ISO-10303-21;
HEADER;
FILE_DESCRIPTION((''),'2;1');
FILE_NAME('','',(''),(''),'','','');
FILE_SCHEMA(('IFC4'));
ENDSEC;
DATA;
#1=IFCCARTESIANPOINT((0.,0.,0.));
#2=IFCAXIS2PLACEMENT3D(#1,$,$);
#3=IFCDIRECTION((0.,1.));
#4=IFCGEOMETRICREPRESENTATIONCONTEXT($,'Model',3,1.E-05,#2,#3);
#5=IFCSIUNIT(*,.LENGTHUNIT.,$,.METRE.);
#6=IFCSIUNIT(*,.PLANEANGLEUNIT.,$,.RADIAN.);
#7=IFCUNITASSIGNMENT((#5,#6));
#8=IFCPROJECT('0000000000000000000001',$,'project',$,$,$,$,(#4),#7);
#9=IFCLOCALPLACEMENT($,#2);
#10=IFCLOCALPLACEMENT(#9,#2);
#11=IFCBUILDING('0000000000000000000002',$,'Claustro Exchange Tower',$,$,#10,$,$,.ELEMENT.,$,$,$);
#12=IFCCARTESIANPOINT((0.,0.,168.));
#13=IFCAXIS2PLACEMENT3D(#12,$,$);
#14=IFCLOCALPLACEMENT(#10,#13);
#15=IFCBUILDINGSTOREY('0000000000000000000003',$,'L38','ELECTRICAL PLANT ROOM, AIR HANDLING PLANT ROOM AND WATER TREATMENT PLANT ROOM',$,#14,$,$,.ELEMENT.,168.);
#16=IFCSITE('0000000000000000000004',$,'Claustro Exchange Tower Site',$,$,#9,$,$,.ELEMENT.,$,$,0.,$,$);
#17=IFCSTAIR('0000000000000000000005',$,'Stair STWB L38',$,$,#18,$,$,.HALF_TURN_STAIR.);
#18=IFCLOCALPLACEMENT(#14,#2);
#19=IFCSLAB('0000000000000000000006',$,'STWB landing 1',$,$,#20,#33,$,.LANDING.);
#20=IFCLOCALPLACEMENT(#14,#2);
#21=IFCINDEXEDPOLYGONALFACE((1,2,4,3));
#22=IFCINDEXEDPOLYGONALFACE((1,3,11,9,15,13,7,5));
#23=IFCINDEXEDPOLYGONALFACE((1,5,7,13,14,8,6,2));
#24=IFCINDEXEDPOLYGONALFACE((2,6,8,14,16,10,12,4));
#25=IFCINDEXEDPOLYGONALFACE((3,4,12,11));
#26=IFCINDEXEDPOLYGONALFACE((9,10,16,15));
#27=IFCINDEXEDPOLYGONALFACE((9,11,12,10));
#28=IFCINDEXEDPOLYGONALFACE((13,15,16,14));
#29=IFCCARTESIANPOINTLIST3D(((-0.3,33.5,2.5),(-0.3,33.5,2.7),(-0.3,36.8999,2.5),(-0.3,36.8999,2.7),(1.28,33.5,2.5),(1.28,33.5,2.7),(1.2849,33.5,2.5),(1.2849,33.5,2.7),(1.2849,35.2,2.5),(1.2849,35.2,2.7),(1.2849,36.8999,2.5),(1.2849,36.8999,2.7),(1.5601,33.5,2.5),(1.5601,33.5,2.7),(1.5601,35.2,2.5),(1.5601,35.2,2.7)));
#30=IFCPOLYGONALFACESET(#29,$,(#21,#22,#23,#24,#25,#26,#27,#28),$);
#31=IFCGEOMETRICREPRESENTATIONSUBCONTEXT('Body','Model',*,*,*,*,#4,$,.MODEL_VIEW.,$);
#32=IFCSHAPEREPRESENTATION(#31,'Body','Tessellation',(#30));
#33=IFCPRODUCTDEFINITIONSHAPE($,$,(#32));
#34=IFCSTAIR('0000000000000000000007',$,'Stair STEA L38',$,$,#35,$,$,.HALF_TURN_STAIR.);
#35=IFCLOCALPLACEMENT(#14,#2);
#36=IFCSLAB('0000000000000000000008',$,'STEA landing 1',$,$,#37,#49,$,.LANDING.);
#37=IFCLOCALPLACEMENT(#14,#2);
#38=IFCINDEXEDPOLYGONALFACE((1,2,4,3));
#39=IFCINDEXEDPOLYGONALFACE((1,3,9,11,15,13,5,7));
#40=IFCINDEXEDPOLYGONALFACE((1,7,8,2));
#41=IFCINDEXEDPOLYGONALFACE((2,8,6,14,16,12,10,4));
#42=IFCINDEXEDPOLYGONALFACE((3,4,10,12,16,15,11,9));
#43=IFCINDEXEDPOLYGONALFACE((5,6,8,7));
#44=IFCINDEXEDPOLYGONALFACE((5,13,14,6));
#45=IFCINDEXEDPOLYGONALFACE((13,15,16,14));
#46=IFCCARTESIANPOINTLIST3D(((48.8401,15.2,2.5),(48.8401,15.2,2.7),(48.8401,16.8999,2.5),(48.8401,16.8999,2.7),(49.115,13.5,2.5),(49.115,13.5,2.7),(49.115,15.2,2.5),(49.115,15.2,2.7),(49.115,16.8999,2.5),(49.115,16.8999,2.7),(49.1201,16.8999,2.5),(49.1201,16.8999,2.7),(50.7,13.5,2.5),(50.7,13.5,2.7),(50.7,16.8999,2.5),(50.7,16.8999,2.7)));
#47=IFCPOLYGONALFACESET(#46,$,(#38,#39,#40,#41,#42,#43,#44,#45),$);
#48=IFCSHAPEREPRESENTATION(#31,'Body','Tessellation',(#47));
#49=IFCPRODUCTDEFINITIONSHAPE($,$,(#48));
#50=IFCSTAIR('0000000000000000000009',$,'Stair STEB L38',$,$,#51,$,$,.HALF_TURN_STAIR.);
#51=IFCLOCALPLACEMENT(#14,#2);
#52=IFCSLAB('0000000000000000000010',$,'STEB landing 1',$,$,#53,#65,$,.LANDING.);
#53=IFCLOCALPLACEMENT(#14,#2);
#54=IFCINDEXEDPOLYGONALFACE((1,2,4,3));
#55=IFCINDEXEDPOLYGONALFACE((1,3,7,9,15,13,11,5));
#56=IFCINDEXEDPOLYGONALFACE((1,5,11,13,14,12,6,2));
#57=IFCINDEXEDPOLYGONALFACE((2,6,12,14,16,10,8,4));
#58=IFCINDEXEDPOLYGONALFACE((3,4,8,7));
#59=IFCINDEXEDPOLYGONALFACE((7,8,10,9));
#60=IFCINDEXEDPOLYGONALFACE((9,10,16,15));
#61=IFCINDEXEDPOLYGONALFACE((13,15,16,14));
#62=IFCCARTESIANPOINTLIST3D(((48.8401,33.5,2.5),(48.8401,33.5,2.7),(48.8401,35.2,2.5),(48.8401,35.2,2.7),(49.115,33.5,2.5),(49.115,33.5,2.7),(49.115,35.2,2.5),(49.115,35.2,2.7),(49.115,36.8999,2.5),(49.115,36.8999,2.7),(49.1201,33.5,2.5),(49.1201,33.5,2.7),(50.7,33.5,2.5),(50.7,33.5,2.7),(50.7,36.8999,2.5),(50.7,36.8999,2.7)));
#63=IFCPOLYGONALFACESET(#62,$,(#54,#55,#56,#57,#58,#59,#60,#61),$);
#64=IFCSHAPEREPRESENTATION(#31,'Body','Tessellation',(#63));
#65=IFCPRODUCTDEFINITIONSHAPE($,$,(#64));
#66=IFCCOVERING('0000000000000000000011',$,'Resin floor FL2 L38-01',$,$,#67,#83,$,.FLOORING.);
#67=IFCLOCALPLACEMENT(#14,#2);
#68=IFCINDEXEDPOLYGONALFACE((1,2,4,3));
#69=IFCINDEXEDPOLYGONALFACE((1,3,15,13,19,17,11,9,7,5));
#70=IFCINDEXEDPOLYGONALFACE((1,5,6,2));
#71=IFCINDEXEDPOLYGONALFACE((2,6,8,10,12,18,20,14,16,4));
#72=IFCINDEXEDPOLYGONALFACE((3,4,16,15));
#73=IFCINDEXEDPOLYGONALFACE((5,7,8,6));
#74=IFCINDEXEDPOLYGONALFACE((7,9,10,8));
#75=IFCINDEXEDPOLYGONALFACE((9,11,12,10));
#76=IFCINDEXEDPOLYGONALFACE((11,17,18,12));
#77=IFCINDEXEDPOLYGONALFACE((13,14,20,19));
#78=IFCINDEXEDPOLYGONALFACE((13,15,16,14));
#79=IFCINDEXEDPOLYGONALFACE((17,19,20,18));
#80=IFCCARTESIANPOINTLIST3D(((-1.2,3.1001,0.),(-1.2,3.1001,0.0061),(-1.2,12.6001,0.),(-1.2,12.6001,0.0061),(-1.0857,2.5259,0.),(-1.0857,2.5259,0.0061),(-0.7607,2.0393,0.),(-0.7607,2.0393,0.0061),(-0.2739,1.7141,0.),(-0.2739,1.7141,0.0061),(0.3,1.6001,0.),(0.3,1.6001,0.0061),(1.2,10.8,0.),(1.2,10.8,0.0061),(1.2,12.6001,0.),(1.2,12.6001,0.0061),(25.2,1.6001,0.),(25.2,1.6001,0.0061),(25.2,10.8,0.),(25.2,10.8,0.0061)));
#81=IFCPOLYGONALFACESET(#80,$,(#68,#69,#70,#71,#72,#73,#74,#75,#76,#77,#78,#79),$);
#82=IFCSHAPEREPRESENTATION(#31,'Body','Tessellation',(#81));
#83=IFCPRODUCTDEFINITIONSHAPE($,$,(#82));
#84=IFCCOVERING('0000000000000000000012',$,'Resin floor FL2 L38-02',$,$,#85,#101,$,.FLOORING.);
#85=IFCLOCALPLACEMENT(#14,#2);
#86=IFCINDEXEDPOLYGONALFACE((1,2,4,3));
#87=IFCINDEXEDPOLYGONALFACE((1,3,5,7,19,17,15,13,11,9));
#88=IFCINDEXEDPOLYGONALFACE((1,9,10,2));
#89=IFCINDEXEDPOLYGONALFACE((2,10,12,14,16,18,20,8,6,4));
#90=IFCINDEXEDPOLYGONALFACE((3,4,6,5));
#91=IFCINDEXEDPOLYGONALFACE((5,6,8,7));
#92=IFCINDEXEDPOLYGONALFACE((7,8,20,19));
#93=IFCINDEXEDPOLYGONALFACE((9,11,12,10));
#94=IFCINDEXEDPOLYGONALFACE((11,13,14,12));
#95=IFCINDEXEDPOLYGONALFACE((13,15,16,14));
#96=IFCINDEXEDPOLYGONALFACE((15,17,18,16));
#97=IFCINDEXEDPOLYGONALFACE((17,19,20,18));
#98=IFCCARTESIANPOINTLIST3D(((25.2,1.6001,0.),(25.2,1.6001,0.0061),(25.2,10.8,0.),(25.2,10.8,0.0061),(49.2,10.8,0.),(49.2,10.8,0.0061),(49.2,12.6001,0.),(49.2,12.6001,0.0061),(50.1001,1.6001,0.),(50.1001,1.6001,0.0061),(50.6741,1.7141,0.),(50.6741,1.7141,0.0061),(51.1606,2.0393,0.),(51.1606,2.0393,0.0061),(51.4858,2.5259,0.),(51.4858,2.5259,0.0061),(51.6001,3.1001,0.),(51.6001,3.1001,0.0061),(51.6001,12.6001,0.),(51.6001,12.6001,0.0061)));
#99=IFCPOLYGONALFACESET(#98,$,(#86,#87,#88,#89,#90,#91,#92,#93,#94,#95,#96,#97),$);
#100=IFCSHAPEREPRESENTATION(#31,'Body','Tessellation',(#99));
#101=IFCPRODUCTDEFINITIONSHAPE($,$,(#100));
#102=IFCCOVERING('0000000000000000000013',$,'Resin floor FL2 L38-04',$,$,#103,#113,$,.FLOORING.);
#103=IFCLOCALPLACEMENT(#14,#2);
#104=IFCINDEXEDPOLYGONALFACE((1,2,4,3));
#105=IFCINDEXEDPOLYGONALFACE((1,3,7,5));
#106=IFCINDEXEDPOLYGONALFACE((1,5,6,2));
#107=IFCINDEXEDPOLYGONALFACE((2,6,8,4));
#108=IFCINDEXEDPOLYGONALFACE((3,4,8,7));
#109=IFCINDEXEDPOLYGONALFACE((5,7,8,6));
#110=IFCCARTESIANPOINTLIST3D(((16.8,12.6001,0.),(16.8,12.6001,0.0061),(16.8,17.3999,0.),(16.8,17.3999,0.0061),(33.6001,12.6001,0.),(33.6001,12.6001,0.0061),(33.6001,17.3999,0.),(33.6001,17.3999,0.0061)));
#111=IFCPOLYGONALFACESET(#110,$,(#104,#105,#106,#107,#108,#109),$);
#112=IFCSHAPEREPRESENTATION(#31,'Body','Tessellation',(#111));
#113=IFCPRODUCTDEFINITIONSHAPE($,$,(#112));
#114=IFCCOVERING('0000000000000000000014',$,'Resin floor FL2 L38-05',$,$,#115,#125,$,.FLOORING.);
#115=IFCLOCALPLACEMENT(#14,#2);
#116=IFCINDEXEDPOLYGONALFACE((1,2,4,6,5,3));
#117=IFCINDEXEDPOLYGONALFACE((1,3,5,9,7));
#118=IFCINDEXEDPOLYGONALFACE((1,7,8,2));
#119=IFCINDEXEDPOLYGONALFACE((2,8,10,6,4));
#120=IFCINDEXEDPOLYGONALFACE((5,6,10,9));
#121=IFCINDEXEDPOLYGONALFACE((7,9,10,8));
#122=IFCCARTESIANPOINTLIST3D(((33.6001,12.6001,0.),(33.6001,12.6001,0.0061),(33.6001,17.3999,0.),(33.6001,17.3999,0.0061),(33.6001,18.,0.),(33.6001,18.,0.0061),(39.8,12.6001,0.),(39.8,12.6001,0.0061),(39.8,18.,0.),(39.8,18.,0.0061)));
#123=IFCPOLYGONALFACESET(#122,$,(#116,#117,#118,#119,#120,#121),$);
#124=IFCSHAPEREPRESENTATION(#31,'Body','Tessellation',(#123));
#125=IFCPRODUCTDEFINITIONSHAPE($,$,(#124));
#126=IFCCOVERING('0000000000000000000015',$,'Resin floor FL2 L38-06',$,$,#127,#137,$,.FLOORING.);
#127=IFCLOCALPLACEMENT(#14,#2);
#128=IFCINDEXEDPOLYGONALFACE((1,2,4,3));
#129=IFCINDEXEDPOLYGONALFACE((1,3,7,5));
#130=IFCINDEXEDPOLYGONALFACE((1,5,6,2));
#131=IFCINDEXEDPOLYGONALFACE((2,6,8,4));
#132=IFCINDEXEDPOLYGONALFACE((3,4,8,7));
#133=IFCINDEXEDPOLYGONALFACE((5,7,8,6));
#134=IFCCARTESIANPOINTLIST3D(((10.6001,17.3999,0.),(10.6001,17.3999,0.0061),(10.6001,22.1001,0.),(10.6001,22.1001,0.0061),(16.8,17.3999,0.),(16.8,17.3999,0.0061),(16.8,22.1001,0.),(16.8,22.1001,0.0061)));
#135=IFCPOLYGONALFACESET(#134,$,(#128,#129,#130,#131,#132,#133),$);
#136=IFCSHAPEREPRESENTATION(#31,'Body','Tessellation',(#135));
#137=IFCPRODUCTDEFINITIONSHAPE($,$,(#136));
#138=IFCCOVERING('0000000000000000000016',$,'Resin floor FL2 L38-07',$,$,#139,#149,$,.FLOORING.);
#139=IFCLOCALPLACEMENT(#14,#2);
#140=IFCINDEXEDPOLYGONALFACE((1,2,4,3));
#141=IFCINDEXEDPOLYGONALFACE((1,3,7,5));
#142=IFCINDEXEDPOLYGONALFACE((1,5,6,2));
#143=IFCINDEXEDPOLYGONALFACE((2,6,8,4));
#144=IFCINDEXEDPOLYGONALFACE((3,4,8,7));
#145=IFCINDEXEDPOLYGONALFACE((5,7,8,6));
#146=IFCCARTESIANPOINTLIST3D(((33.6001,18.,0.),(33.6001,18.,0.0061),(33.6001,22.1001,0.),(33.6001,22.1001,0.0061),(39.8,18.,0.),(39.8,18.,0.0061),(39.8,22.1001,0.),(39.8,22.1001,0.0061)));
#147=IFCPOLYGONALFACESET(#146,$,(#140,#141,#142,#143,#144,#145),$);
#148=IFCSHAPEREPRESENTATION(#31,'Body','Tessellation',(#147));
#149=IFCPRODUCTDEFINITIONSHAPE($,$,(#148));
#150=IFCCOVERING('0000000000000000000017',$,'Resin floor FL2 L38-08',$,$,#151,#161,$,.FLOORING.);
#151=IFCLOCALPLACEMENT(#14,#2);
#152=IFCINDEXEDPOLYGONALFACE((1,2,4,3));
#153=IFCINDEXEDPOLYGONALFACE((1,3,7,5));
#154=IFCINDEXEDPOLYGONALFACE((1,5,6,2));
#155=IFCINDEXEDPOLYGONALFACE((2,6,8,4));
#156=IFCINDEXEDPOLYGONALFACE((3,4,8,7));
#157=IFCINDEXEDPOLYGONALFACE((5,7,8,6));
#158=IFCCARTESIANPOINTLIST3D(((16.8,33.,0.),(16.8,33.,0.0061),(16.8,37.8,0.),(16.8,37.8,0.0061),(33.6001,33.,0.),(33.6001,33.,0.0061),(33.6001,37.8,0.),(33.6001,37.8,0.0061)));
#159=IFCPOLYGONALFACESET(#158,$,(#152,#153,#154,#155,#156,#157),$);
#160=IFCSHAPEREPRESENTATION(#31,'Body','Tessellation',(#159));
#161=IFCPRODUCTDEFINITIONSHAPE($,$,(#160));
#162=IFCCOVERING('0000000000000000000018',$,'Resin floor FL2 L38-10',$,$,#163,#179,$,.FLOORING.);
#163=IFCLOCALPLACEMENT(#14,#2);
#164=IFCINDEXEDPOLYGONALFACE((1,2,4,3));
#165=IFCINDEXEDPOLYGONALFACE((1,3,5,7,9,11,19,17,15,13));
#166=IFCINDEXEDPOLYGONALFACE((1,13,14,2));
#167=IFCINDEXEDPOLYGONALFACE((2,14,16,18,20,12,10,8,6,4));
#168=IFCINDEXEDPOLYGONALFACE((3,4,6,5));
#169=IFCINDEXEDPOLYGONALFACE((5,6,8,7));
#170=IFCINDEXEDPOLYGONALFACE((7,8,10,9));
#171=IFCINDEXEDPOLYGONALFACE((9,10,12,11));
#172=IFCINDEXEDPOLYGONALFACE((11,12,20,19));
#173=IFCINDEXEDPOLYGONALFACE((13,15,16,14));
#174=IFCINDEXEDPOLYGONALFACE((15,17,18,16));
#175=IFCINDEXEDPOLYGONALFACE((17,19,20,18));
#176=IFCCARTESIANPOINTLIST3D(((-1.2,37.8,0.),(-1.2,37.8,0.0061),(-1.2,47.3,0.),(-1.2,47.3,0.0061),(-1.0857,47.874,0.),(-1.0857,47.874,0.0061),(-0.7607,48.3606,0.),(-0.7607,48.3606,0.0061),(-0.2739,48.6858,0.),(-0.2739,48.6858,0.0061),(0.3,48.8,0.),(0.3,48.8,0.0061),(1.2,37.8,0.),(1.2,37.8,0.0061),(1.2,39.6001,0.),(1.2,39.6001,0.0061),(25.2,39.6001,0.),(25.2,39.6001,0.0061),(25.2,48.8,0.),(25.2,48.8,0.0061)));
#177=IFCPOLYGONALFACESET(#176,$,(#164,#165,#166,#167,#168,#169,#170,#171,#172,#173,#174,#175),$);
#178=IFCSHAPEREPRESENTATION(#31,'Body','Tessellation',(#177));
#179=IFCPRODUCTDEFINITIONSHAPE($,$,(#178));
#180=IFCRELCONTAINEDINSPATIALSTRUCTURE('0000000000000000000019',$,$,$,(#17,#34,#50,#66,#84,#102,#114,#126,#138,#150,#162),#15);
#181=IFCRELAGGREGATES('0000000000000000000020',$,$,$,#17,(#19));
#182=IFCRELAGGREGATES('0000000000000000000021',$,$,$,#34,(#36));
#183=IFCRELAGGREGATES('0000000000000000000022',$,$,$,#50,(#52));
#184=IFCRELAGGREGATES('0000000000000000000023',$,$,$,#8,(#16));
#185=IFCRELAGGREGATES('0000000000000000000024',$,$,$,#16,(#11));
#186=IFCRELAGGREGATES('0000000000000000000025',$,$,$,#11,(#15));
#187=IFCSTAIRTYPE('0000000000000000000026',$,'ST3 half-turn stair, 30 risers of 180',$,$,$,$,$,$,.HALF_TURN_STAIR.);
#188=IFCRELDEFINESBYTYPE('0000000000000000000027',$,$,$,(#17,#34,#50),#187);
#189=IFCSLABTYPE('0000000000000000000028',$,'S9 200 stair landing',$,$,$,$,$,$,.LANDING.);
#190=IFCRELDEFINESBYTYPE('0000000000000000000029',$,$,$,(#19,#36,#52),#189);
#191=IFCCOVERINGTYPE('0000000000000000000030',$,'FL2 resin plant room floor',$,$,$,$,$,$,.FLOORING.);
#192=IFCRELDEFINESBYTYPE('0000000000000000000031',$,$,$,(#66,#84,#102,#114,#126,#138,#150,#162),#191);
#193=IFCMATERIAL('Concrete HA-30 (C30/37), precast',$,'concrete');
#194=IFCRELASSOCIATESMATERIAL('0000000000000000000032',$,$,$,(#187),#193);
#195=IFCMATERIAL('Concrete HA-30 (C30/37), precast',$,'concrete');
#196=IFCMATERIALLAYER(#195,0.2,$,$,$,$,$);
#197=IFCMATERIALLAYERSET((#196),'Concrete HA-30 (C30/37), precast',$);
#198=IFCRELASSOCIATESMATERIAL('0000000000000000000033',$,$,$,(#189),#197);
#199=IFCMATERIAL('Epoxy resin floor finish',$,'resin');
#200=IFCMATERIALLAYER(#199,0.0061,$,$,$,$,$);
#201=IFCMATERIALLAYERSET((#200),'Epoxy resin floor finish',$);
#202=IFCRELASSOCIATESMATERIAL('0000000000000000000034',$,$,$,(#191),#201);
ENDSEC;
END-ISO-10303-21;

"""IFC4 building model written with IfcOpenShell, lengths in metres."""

from ifc_helpers import new_model, si_unit, direction, frame, origin, place, context, subcontext, project, spatial, polyline, outline, extrude, material, layer, layer_set, type_object, element, aggregate, save


model = new_model("IFC4")

# Units and contexts
model_context = context("Model", 3, precision=1e-05, world=origin(), true_north=direction((0.0, 1.0)))
body_context = subcontext(model_context, "Body", "Model", "MODEL_VIEW")
ifc_project = project(units=[si_unit("LENGTHUNIT", "METRE"), si_unit("PLANEANGLEUNIT", "RADIAN")], contexts=[model_context])

# Site, building, storey
site_placement = place(None, origin())
site = spatial("IfcSite", under=ifc_project, at=site_placement, Name="Claustro Exchange Tower Site", CompositionType="ELEMENT", RefElevation=0.0)
building_placement = place(site_placement, origin())
building = spatial("IfcBuilding", under=site, at=building_placement, Name="Claustro Exchange Tower", CompositionType="ELEMENT")
storey_placement = place(building_placement, frame((0.0, 0.0, 168.0)))
storey = spatial("IfcBuildingStorey", under=building, at=storey_placement, Name="L38", Description="ELECTRICAL PLANT ROOM, AIR HANDLING PLANT ROOM AND WATER TREATMENT PLANT ROOM", CompositionType="ELEMENT", Elevation=168.0)

# Stairs, slabs
ifc_material_1 = material(Name="Concrete HA-30 (C30/37), precast", Category="concrete")
stair_type = type_object("IfcStairType", Name="ST3 half-turn stair, 30 risers of 180", PredefinedType="HALF_TURN_STAIR", material=ifc_material_1)
ifc_material_2 = material(Name="Concrete HA-30 (C30/37), precast", Category="concrete")
ifc_layer_1 = layer(ifc_material_2, 0.2)
ifc_layer_set_1 = layer_set([ifc_layer_1], Name="Concrete HA-30 (C30/37), precast")
slab_type_1 = type_object("IfcSlabType", Name="S9 200 stair landing", PredefinedType="LANDING", material=ifc_layer_set_1)
stair_1_placement = place(storey_placement, origin())
stair_1 = element("IfcStair", 1, at=stair_1_placement, inside=storey, type_object=stair_type, Name="Stair STWB L38", PredefinedType="HALF_TURN_STAIR")
slab_1_placement = place(storey_placement, frame((0.0, 0.0, 2.5)))
slab_1 = element("IfcSlab", 2, at=slab_1_placement, type_object=slab_type_1, Name="STWB landing 1", PredefinedType="LANDING", context=body_context, shape_type="SweptSolid", body=[
    extrude(outline(polyline([(1.5601, 35.2), (1.5601, 33.5), (1.2849, 33.5), (1.28, 33.5), (-0.3, 33.5), (-0.3, 36.8999), (1.2849, 36.8999), (1.2849, 35.2), (1.5601, 35.2)])), origin(), (0.0, 0.0, 1.0), 0.2),
])
aggregate(stair_1, [slab_1])
stair_2_placement = place(storey_placement, origin())
stair_2 = element("IfcStair", 3, at=stair_2_placement, inside=storey, type_object=stair_type, Name="Stair STEA L38", PredefinedType="HALF_TURN_STAIR")
slab_2_placement = place(storey_placement, frame((0.0, 0.0, 2.5)))
slab_2 = element("IfcSlab", 4, at=slab_2_placement, type_object=slab_type_1, Name="STEA landing 1", PredefinedType="LANDING", context=body_context, shape_type="SweptSolid", body=[
    extrude(outline(polyline([(50.7, 16.8999), (50.7, 13.5), (49.115, 13.5), (49.115, 15.2), (48.8401, 15.2), (48.8401, 16.8999), (49.115, 16.8999), (49.1201, 16.8999), (50.7, 16.8999)])), origin(), (0.0, 0.0, 1.0), 0.2),
])
aggregate(stair_2, [slab_2])
stair_3_placement = place(storey_placement, origin())
stair_3 = element("IfcStair", 5, at=stair_3_placement, inside=storey, type_object=stair_type, Name="Stair STEB L38", PredefinedType="HALF_TURN_STAIR")
slab_3_placement = place(storey_placement, frame((0.0, 0.0, 2.5)))
slab_3 = element("IfcSlab", 6, at=slab_3_placement, type_object=slab_type_1, Name="STEB landing 1", PredefinedType="LANDING", context=body_context, shape_type="SweptSolid", body=[
    extrude(outline(polyline([(48.8401, 33.5), (48.8401, 35.2), (49.115, 35.2), (49.115, 36.8999), (50.7, 36.8999), (50.7, 33.5), (49.1201, 33.5), (49.115, 33.5), (48.8401, 33.5)])), origin(), (0.0, 0.0, 1.0), 0.2),
])
aggregate(stair_3, [slab_3])

# Coverings
ifc_material_3 = material(Name="Epoxy resin floor finish", Category="resin")
ifc_layer_2 = layer(ifc_material_3, 0.0061)
ifc_layer_set_2 = layer_set([ifc_layer_2], Name="Epoxy resin floor finish")
covering_type = type_object("IfcCoveringType", Name="FL2 resin plant room floor", PredefinedType="FLOORING", material=ifc_layer_set_2)
covering_1_placement = place(storey_placement, origin())
element("IfcCovering", 7, at=covering_1_placement, inside=storey, type_object=covering_type, Name="Resin floor FL2 L38-01", PredefinedType="FLOORING", context=body_context, shape_type="SweptSolid", body=[
    extrude(outline(polyline([(-1.0857, 2.5259), (-0.7607, 2.0393), (-0.2739, 1.7141), (0.3, 1.6001), (25.2, 1.6001), (25.2, 10.8), (1.2, 10.8), (1.2, 12.6001), (-1.2, 12.6001), (-1.2, 3.1001), (-1.0857, 2.5259)])), origin(), (0.0, 0.0, 1.0), 0.0061),
])
covering_2_placement = place(storey_placement, origin())
element("IfcCovering", 8, at=covering_2_placement, inside=storey, type_object=covering_type, Name="Resin floor FL2 L38-02", PredefinedType="FLOORING", context=body_context, shape_type="SweptSolid", body=[
    extrude(outline(polyline([(51.6001, 12.6001), (49.2, 12.6001), (49.2, 10.8), (25.2, 10.8), (25.2, 1.6001), (50.1001, 1.6001), (50.6741, 1.7141), (51.1606, 2.0393), (51.4858, 2.5259), (51.6001, 3.1001), (51.6001, 12.6001)])), origin(), (0.0, 0.0, 1.0), 0.0061),
])
covering_3_placement = place(storey_placement, origin())
element("IfcCovering", 9, at=covering_3_placement, inside=storey, type_object=covering_type, Name="Resin floor FL2 L38-04", PredefinedType="FLOORING", context=body_context, shape_type="SweptSolid", body=[
    extrude(outline(polyline([(33.6001, 17.3999), (16.8, 17.3999), (16.8, 12.6001), (33.6001, 12.6001), (33.6001, 17.3999)])), origin(), (0.0, 0.0, 1.0), 0.0061),
])
covering_4_placement = place(storey_placement, origin())
element("IfcCovering", 10, at=covering_4_placement, inside=storey, type_object=covering_type, Name="Resin floor FL2 L38-05", PredefinedType="FLOORING", context=body_context, shape_type="SweptSolid", body=[
    extrude(outline(polyline([(39.8, 18.0), (33.6001, 18.0), (33.6001, 17.3999), (33.6001, 12.6001), (39.8, 12.6001), (39.8, 18.0)])), origin(), (0.0, 0.0, 1.0), 0.0061),
])
covering_5_placement = place(storey_placement, origin())
element("IfcCovering", 11, at=covering_5_placement, inside=storey, type_object=covering_type, Name="Resin floor FL2 L38-06", PredefinedType="FLOORING", context=body_context, shape_type="SweptSolid", body=[
    extrude(outline(polyline([(16.8, 17.3999), (16.8, 22.1001), (10.6001, 22.1001), (10.6001, 17.3999), (16.8, 17.3999)])), origin(), (0.0, 0.0, 1.0), 0.0061),
])
covering_6_placement = place(storey_placement, origin())
element("IfcCovering", 12, at=covering_6_placement, inside=storey, type_object=covering_type, Name="Resin floor FL2 L38-07", PredefinedType="FLOORING", context=body_context, shape_type="SweptSolid", body=[
    extrude(outline(polyline([(39.8, 18.0), (39.8, 22.1001), (33.6001, 22.1001), (33.6001, 18.0), (39.8, 18.0)])), origin(), (0.0, 0.0, 1.0), 0.0061),
])
covering_7_placement = place(storey_placement, origin())
element("IfcCovering", 13, at=covering_7_placement, inside=storey, type_object=covering_type, Name="Resin floor FL2 L38-08", PredefinedType="FLOORING", context=body_context, shape_type="SweptSolid", body=[
    extrude(outline(polyline([(33.6001, 33.0), (33.6001, 37.8), (16.8, 37.8), (16.8, 33.0), (33.6001, 33.0)])), origin(), (0.0, 0.0, 1.0), 0.0061),
])
covering_8_placement = place(storey_placement, origin())
element("IfcCovering", 14, at=covering_8_placement, inside=storey, type_object=covering_type, Name="Resin floor FL2 L38-10", PredefinedType="FLOORING", context=body_context, shape_type="SweptSolid", body=[
    extrude(outline(polyline([(-1.2, 47.3), (-1.2, 37.8), (1.2, 37.8), (1.2, 39.6001), (25.2, 39.6001), (25.2, 48.8), (0.3, 48.8), (-0.2739, 48.6858), (-0.7607, 48.3606), (-1.0857, 47.874), (-1.2, 47.3)])), origin(), (0.0, 0.0, 1.0), 0.0061),
])

save(model, "model.ifc")
